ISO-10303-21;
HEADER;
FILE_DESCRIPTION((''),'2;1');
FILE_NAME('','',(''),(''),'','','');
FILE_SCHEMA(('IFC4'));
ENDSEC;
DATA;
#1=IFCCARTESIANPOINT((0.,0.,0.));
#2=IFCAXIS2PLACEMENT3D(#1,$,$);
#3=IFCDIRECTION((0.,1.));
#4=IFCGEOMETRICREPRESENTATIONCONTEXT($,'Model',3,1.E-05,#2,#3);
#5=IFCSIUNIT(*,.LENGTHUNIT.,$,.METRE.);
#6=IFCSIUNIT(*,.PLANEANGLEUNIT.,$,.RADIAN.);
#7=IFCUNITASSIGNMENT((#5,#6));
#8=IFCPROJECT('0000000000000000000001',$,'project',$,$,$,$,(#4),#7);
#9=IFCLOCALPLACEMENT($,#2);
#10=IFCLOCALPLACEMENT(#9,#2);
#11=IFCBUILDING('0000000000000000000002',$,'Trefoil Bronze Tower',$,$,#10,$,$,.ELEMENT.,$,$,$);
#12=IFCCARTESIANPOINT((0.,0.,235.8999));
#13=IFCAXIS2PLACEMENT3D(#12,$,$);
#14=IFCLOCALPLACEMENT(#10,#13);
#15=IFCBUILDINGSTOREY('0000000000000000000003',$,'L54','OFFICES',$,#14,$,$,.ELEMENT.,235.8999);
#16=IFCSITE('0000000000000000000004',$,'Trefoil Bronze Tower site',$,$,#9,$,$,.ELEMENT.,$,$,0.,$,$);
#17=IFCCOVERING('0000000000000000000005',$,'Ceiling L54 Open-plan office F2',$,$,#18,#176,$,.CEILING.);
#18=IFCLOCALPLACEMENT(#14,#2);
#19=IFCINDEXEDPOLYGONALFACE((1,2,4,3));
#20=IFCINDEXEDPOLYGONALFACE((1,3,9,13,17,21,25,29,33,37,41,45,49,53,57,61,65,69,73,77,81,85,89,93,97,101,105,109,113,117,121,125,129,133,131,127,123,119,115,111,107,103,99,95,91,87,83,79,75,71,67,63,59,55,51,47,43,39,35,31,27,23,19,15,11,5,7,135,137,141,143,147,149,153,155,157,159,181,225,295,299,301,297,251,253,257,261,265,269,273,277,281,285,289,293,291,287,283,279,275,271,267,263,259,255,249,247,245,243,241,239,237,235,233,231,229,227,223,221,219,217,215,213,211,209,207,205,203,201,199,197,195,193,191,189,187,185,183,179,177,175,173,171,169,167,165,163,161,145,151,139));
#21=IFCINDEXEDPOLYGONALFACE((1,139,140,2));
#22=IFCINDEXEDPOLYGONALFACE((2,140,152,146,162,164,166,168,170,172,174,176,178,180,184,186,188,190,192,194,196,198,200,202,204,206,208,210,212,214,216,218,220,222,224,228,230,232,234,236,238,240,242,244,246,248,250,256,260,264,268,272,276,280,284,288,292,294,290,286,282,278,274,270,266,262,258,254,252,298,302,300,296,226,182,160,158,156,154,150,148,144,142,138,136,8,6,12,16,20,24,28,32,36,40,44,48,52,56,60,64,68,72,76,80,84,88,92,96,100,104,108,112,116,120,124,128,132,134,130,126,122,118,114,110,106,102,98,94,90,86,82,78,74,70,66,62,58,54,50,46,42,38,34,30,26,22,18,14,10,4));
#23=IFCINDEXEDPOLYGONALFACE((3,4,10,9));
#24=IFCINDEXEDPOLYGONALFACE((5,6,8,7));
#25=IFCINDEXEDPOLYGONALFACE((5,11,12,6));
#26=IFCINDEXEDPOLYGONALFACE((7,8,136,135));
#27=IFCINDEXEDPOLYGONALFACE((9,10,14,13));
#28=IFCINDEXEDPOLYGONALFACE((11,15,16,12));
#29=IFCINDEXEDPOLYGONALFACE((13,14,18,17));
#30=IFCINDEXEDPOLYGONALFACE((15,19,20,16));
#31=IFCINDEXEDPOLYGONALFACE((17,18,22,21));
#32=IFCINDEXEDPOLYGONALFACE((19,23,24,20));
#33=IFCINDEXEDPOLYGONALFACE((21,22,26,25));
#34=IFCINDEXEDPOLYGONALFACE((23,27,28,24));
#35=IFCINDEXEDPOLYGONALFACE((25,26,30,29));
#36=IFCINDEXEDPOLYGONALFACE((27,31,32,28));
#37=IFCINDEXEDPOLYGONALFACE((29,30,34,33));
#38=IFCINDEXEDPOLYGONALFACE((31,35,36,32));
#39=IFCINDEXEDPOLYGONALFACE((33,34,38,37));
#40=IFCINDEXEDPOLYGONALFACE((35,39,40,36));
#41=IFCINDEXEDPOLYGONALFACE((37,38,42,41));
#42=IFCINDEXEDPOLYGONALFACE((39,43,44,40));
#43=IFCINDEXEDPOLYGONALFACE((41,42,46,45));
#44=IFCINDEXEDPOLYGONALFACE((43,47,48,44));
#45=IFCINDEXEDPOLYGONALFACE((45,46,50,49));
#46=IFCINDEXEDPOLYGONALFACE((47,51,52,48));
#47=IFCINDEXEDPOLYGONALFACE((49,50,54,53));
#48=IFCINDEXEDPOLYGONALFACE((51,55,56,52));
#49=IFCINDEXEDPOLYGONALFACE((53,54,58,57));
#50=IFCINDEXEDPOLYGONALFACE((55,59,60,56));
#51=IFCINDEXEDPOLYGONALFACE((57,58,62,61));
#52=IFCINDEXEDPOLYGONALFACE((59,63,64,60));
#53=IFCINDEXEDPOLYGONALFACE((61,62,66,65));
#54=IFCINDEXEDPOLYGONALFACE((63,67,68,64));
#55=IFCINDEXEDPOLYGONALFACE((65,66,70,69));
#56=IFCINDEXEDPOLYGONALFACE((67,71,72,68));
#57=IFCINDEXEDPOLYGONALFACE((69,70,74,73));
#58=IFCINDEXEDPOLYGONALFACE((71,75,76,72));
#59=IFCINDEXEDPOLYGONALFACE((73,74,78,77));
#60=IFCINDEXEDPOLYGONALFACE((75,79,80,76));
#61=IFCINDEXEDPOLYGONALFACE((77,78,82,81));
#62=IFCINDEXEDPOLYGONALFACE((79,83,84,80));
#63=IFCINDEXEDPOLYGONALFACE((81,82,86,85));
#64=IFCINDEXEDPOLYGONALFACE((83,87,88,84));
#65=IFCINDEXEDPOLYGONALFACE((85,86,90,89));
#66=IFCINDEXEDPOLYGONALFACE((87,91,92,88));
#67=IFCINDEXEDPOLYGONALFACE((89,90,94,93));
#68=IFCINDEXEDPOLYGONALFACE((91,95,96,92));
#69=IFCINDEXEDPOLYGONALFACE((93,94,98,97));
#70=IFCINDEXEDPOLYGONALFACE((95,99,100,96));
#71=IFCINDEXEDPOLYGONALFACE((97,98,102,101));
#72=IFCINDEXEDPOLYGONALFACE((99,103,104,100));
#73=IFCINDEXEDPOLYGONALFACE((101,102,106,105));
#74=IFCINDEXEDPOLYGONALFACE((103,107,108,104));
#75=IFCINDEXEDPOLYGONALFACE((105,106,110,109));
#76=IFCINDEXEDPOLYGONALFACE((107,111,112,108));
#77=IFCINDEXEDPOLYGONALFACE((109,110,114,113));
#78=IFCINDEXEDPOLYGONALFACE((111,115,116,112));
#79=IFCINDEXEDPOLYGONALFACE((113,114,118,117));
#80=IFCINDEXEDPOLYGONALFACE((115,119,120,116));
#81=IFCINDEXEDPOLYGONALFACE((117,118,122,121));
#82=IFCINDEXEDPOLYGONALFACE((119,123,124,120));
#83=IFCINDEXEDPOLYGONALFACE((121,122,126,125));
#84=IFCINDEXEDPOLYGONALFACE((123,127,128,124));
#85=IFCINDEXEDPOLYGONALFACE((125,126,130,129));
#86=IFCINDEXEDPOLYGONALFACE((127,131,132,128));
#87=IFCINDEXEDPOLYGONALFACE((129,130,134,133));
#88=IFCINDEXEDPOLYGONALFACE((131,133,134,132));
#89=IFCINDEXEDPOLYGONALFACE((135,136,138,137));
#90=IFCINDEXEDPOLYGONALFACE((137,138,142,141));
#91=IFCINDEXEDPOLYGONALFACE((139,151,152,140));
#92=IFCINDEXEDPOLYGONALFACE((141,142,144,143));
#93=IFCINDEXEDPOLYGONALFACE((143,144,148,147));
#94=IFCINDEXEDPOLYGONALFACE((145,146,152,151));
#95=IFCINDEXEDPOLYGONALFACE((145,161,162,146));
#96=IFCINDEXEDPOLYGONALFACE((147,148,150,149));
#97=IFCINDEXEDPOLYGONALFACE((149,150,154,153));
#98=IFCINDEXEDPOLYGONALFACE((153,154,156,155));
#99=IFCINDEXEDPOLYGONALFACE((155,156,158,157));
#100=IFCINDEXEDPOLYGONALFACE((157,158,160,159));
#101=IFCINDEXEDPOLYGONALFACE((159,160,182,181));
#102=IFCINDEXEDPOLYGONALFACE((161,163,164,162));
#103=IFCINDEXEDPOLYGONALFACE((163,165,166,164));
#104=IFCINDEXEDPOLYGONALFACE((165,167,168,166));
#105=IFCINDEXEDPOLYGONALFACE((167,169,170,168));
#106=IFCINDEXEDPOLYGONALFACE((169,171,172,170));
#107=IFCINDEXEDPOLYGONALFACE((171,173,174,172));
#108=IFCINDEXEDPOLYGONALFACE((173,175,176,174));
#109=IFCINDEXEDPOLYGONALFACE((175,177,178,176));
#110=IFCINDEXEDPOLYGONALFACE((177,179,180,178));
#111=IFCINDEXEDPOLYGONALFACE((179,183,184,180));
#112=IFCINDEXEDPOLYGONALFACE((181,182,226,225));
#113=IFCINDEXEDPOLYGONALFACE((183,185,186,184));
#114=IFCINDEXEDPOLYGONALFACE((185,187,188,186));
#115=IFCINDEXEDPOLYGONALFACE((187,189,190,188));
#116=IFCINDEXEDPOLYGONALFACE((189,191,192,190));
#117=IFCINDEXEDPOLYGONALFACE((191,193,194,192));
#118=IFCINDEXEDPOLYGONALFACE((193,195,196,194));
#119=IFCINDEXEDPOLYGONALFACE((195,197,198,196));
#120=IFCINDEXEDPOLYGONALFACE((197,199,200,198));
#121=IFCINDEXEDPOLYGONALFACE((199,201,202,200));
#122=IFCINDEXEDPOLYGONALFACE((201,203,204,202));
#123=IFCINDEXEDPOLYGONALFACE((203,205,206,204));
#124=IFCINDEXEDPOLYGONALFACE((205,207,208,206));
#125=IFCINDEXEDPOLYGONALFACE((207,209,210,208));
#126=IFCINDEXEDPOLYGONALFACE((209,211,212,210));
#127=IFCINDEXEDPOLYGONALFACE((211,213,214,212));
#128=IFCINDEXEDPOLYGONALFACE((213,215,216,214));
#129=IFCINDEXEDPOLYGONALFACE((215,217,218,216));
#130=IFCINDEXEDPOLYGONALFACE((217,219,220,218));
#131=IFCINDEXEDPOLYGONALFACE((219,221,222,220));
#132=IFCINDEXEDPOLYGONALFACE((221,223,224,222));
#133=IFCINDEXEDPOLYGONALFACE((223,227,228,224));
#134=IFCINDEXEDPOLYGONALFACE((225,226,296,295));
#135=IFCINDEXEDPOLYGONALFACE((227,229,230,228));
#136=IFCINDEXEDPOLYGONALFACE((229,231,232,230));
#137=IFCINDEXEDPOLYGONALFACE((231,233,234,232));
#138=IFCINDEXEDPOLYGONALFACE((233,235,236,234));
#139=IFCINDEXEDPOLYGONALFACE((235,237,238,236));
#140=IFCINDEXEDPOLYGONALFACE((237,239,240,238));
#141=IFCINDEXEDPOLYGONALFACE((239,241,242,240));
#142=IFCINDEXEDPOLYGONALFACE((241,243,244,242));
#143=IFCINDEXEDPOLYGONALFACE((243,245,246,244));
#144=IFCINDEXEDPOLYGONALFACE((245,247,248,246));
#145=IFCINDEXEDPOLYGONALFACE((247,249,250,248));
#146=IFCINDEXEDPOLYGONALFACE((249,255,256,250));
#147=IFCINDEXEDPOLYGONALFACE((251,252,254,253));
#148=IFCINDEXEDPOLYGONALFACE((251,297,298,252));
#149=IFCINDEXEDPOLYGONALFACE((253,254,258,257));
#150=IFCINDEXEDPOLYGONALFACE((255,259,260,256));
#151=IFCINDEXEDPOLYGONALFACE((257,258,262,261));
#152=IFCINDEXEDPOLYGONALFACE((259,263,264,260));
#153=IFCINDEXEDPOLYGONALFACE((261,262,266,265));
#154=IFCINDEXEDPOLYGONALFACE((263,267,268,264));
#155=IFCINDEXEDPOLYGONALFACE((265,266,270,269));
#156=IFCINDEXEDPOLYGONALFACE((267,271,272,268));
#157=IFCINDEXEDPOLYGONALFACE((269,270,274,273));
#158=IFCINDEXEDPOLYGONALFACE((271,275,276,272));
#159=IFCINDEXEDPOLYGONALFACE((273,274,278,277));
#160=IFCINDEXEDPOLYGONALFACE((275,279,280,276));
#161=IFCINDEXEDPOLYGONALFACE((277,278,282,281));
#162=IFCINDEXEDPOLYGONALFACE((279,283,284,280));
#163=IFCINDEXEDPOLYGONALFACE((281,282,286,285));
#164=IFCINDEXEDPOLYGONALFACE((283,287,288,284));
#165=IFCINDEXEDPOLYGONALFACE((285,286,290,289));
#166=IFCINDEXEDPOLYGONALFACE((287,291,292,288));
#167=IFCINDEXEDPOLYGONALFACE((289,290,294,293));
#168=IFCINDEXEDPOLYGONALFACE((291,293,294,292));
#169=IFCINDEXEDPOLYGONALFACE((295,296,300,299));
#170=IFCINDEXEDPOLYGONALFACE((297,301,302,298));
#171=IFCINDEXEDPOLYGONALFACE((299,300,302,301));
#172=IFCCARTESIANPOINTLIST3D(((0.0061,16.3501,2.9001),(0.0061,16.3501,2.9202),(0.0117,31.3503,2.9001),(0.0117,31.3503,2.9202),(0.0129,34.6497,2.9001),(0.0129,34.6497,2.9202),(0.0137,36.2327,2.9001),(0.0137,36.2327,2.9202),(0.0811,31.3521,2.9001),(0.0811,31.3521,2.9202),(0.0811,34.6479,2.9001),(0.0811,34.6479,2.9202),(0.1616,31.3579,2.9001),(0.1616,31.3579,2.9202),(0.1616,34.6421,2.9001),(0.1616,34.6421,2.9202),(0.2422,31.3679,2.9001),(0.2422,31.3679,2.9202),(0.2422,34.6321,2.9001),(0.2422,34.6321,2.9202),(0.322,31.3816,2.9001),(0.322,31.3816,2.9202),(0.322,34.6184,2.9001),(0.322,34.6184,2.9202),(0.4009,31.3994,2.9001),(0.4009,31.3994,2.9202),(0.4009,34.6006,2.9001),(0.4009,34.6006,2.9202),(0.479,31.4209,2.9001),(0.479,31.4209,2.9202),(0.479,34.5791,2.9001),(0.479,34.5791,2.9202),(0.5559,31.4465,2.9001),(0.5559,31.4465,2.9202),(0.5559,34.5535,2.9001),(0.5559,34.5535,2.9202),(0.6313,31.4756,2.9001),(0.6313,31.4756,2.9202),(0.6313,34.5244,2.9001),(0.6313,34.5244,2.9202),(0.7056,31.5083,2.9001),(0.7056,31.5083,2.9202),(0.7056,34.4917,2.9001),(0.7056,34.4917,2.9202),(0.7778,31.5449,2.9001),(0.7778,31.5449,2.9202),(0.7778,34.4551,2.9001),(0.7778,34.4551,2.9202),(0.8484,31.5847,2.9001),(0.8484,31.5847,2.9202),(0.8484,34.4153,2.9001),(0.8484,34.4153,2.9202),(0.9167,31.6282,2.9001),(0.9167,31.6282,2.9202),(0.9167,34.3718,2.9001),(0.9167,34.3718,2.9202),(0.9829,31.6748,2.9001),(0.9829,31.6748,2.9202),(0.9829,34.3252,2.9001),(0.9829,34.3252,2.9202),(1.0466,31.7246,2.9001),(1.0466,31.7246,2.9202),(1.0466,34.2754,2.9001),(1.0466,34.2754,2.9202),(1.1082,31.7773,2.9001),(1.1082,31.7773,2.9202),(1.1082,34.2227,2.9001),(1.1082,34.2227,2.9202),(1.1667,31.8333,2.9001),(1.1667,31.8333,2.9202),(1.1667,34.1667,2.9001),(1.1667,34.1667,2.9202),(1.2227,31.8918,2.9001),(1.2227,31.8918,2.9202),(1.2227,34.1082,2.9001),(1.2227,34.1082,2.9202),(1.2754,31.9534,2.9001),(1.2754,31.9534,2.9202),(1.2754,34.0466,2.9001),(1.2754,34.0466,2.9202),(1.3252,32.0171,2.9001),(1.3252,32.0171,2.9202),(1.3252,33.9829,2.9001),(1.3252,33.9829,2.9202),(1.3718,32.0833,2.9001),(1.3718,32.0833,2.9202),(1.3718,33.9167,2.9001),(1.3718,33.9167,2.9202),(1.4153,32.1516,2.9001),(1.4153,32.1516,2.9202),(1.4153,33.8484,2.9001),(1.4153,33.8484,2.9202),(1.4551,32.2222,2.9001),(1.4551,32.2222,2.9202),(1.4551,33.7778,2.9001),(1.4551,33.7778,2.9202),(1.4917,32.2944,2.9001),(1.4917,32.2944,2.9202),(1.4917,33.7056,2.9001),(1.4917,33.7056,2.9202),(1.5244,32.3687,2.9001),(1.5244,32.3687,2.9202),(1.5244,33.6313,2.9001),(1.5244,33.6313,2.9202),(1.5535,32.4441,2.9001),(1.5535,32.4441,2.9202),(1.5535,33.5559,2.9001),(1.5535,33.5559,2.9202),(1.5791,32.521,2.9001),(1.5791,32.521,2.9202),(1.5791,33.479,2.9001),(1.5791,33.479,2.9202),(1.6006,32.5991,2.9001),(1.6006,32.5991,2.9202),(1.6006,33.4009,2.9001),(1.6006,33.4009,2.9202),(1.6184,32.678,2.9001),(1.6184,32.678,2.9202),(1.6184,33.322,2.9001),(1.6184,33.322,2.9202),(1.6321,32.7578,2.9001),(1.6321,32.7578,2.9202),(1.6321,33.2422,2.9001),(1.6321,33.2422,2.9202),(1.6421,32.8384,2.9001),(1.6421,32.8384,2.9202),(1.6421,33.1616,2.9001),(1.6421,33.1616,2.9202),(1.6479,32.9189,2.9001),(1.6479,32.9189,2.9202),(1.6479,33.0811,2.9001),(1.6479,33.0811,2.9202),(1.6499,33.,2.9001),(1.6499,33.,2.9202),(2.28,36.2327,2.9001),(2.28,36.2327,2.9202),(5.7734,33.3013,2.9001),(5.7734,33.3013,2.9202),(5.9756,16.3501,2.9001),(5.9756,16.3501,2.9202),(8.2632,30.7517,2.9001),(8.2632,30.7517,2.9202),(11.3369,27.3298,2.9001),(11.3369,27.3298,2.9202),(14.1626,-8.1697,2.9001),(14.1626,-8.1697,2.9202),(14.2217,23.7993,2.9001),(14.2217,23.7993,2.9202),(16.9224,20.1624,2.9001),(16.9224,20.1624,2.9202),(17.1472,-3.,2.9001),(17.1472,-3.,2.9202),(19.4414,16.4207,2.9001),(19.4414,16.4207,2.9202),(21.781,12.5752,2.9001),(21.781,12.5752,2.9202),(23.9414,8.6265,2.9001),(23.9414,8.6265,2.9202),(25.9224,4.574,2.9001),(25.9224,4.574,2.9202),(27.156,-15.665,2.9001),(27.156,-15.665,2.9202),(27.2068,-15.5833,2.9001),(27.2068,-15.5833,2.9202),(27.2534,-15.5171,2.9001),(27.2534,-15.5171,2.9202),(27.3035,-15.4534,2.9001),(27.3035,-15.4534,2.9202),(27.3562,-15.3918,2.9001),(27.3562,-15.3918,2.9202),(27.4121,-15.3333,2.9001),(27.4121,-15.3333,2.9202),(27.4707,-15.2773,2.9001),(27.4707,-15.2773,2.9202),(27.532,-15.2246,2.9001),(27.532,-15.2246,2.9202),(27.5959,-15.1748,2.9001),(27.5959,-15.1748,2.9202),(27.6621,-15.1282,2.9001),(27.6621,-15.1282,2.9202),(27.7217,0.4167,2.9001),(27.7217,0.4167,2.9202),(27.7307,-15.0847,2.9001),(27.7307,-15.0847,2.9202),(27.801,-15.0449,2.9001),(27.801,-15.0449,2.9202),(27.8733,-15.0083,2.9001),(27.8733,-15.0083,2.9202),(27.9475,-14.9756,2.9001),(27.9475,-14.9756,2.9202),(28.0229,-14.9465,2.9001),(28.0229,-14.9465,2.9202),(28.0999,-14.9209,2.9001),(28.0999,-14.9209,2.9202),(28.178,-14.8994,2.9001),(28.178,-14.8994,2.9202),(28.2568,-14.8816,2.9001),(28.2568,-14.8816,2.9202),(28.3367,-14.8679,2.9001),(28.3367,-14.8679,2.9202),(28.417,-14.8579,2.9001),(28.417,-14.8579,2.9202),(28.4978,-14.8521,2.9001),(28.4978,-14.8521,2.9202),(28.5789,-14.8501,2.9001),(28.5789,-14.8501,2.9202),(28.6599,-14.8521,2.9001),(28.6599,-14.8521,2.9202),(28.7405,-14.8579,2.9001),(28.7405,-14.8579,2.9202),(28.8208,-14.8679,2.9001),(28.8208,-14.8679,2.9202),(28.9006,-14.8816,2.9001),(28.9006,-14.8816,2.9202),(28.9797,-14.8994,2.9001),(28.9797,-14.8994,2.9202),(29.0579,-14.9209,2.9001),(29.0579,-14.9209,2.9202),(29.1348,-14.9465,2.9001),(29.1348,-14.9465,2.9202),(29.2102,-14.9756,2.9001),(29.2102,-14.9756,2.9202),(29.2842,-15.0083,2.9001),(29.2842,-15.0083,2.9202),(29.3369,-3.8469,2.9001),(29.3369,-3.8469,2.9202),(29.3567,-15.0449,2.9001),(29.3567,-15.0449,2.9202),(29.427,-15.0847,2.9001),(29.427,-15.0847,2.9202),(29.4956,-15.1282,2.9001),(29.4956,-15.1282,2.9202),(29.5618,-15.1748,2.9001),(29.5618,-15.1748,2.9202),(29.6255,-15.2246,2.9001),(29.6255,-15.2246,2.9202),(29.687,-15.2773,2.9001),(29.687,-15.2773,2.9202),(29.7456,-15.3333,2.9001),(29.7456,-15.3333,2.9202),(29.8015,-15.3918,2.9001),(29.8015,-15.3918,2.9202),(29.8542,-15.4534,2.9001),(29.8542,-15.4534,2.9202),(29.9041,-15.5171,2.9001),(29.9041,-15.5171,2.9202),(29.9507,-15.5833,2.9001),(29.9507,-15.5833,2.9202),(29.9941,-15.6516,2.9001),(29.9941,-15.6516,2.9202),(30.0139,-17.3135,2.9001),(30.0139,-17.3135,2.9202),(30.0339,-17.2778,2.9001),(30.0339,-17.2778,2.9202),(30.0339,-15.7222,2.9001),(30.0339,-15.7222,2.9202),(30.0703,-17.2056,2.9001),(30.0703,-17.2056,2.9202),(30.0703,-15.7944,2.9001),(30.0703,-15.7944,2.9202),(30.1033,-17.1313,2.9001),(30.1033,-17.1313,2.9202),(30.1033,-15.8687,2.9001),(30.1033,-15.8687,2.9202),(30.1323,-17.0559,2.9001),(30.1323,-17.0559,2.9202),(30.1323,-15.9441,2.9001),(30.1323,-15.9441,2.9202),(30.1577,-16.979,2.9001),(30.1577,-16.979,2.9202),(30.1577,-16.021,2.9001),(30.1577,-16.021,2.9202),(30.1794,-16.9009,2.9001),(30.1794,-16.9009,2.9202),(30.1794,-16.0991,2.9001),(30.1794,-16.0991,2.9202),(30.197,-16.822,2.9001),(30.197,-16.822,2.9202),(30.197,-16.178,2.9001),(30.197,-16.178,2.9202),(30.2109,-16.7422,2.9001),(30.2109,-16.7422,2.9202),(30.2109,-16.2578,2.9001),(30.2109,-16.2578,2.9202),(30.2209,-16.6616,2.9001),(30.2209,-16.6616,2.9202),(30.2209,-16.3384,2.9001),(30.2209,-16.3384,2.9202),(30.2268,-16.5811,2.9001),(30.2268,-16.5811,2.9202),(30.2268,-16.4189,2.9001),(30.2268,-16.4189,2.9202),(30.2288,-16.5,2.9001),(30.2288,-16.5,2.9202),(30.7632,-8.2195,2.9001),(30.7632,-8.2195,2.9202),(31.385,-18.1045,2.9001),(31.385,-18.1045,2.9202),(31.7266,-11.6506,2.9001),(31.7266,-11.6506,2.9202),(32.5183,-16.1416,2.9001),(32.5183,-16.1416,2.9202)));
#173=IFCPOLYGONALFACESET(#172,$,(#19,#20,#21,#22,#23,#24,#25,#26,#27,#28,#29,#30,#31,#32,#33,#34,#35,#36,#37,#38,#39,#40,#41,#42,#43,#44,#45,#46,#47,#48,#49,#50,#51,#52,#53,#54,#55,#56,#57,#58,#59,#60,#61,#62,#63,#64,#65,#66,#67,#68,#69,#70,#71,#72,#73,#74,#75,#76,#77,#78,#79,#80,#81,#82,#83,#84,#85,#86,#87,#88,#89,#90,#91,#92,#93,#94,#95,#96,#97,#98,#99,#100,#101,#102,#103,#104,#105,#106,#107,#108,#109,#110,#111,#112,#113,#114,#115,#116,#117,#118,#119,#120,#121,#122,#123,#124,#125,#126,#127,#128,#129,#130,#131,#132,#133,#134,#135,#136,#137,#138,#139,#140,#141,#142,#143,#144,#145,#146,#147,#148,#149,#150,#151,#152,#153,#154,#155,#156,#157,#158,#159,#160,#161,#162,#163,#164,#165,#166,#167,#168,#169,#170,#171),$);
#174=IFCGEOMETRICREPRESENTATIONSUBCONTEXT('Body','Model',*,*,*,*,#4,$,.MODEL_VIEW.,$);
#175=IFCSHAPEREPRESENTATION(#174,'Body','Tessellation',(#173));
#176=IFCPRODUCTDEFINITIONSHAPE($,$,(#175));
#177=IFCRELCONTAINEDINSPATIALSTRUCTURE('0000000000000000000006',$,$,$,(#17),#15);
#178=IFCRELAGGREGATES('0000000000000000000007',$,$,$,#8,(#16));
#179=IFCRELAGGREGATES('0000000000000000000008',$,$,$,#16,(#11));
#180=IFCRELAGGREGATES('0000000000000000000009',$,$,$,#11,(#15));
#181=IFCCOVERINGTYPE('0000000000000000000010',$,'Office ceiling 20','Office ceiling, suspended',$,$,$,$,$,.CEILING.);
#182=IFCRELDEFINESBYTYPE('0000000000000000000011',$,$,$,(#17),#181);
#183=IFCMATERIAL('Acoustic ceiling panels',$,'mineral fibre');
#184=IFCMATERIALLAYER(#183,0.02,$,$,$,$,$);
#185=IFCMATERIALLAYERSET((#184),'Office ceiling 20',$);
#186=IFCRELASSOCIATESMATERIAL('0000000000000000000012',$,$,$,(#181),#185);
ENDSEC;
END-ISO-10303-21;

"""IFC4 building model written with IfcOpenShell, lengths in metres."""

from ifc_helpers import new_model, si_unit, direction, frame, origin, place, context, subcontext, project, spatial, polyline, outline, extrude, material, layer, layer_set, type_object, element, save


model = new_model("IFC4")

# Units and contexts
model_context = context("Model", 3, precision=1e-05, world=origin(), true_north=direction((0.0, 1.0)))
body_context = subcontext(model_context, "Body", "Model", "MODEL_VIEW")
ifc_project = project(units=[si_unit("LENGTHUNIT", "METRE"), si_unit("PLANEANGLEUNIT", "RADIAN")], contexts=[model_context])

# Site, building, storey
site_placement = place(None, origin())
site = spatial("IfcSite", under=ifc_project, at=site_placement, Name="Trefoil Bronze Tower site", CompositionType="ELEMENT", RefElevation=0.0)
building_placement = place(site_placement, origin())
building = spatial("IfcBuilding", under=site, at=building_placement, Name="Trefoil Bronze Tower", CompositionType="ELEMENT")
storey_placement = place(building_placement, frame((0.0, 0.0, 235.8999)))
storey = spatial("IfcBuildingStorey", under=building, at=storey_placement, Name="L54", Description="OFFICES", CompositionType="ELEMENT", Elevation=235.8999)

# Covering
ifc_material_1 = material(Name="Acoustic ceiling panels", Category="mineral fibre")
ifc_layer_1 = layer(ifc_material_1, 0.02)
ifc_layer_set_1 = layer_set([ifc_layer_1], Name="Office ceiling 20")
covering_type_1 = type_object("IfcCoveringType", Name="Office ceiling 20", Description="Office ceiling, suspended", PredefinedType="CEILING", material=ifc_layer_set_1)
covering_1_placement = place(storey_placement, frame((0.0, 0.0, 2.9001)))
element("IfcCovering", 1, at=covering_1_placement, inside=storey, type_object=covering_type_1, Name="Ceiling L54 Open-plan office F2", PredefinedType="CEILING", context=body_context, shape_type="SweptSolid", body=[
    extrude(outline(polyline([(8.2632, 30.7517), (11.3369, 27.3298), (14.2217, 23.7993), (16.9224, 20.1624), (19.4414, 16.4207), (21.781, 12.5752), (23.9414, 8.6265), (25.9224, 4.574), (27.7217, 0.4167), (29.3369, -3.8469), (30.7632, -8.2195), (31.7266, -11.6506), (32.5183, -16.1416), (31.385, -18.1045), (30.0139, -17.3135), (30.0339, -17.2778), (30.0703, -17.2056), (30.1033, -17.1313), (30.1323, -17.0559), (30.1577, -16.979), (30.1794, -16.9009), (30.197, -16.822), (30.2109, -16.7422), (30.2209, -16.6616), (30.2268, -16.5811), (30.2288, -16.5), (30.2268, -16.4189), (30.2209, -16.3384), (30.2109, -16.2578), (30.197, -16.178), (30.1794, -16.0991), (30.1577, -16.021), (30.1323, -15.9441), (30.1033, -15.8687), (30.0703, -15.7944), (30.0339, -15.7222), (29.9941, -15.6516), (29.9507, -15.5833), (29.9041, -15.5171), (29.8542, -15.4534), (29.8015, -15.3918), (29.7456, -15.3333), (29.687, -15.2773), (29.6255, -15.2246), (29.5618, -15.1748), (29.4956, -15.1282), (29.427, -15.0847), (29.3567, -15.0449), (29.2842, -15.0083), (29.2102, -14.9756), (29.1348, -14.9465), (29.0579, -14.9209), (28.9797, -14.8994), (28.9006, -14.8816), (28.8208, -14.8679), (28.7405, -14.8579), (28.6599, -14.8521), (28.5789, -14.8501), (28.4978, -14.8521), (28.417, -14.8579), (28.3367, -14.8679), (28.2568, -14.8816), (28.178, -14.8994), (28.0999, -14.9209), (28.0229, -14.9465), (27.9475, -14.9756), (27.8733, -15.0083), (27.801, -15.0449), (27.7307, -15.0847), (27.6621, -15.1282), (27.5959, -15.1748), (27.532, -15.2246), (27.4707, -15.2773), (27.4121, -15.3333), (27.3562, -15.3918), (27.3035, -15.4534), (27.2534, -15.5171), (27.2068, -15.5833), (27.156, -15.665), (14.1626, -8.1697), (17.1472, -3.0), (5.9756, 16.3501), (0.0061, 16.3501), (0.0117, 31.3503), (0.0811, 31.3521), (0.1616, 31.3579), (0.2422, 31.3679), (0.322, 31.3816), (0.4009, 31.3994), (0.479, 31.4209), (0.5559, 31.4465), (0.6313, 31.4756), (0.7056, 31.5083), (0.7778, 31.5449), (0.8484, 31.5847), (0.9167, 31.6282), (0.9829, 31.6748), (1.0466, 31.7246), (1.1082, 31.7773), (1.1667, 31.8333), (1.2227, 31.8918), (1.2754, 31.9534), (1.3252, 32.0171), (1.3718, 32.0833), (1.4153, 32.1516), (1.4551, 32.2222), (1.4917, 32.2944), (1.5244, 32.3687), (1.5535, 32.4441), (1.5791, 32.521), (1.6006, 32.5991), (1.6184, 32.678), (1.6321, 32.7578), (1.6421, 32.8384), (1.6479, 32.9189), (1.6499, 33.0), (1.6479, 33.0811), (1.6421, 33.1616), (1.6321, 33.2422), (1.6184, 33.322), (1.6006, 33.4009), (1.5791, 33.479), (1.5535, 33.5559), (1.5244, 33.6313), (1.4917, 33.7056), (1.4551, 33.7778), (1.4153, 33.8484), (1.3718, 33.9167), (1.3252, 33.9829), (1.2754, 34.0466), (1.2227, 34.1082), (1.1667, 34.1667), (1.1082, 34.2227), (1.0466, 34.2754), (0.9829, 34.3252), (0.9167, 34.3718), (0.8484, 34.4153), (0.7778, 34.4551), (0.7056, 34.4917), (0.6313, 34.5244), (0.5559, 34.5535), (0.479, 34.5791), (0.4009, 34.6006), (0.322, 34.6184), (0.2422, 34.6321), (0.1616, 34.6421), (0.0811, 34.6479), (0.0129, 34.6497), (0.0137, 36.2327), (2.28, 36.2327), (5.7734, 33.3013), (8.2632, 30.7517)])), origin(), (0.0, 0.0, 1.0), 0.02),
])

save(model, "model.ifc")
